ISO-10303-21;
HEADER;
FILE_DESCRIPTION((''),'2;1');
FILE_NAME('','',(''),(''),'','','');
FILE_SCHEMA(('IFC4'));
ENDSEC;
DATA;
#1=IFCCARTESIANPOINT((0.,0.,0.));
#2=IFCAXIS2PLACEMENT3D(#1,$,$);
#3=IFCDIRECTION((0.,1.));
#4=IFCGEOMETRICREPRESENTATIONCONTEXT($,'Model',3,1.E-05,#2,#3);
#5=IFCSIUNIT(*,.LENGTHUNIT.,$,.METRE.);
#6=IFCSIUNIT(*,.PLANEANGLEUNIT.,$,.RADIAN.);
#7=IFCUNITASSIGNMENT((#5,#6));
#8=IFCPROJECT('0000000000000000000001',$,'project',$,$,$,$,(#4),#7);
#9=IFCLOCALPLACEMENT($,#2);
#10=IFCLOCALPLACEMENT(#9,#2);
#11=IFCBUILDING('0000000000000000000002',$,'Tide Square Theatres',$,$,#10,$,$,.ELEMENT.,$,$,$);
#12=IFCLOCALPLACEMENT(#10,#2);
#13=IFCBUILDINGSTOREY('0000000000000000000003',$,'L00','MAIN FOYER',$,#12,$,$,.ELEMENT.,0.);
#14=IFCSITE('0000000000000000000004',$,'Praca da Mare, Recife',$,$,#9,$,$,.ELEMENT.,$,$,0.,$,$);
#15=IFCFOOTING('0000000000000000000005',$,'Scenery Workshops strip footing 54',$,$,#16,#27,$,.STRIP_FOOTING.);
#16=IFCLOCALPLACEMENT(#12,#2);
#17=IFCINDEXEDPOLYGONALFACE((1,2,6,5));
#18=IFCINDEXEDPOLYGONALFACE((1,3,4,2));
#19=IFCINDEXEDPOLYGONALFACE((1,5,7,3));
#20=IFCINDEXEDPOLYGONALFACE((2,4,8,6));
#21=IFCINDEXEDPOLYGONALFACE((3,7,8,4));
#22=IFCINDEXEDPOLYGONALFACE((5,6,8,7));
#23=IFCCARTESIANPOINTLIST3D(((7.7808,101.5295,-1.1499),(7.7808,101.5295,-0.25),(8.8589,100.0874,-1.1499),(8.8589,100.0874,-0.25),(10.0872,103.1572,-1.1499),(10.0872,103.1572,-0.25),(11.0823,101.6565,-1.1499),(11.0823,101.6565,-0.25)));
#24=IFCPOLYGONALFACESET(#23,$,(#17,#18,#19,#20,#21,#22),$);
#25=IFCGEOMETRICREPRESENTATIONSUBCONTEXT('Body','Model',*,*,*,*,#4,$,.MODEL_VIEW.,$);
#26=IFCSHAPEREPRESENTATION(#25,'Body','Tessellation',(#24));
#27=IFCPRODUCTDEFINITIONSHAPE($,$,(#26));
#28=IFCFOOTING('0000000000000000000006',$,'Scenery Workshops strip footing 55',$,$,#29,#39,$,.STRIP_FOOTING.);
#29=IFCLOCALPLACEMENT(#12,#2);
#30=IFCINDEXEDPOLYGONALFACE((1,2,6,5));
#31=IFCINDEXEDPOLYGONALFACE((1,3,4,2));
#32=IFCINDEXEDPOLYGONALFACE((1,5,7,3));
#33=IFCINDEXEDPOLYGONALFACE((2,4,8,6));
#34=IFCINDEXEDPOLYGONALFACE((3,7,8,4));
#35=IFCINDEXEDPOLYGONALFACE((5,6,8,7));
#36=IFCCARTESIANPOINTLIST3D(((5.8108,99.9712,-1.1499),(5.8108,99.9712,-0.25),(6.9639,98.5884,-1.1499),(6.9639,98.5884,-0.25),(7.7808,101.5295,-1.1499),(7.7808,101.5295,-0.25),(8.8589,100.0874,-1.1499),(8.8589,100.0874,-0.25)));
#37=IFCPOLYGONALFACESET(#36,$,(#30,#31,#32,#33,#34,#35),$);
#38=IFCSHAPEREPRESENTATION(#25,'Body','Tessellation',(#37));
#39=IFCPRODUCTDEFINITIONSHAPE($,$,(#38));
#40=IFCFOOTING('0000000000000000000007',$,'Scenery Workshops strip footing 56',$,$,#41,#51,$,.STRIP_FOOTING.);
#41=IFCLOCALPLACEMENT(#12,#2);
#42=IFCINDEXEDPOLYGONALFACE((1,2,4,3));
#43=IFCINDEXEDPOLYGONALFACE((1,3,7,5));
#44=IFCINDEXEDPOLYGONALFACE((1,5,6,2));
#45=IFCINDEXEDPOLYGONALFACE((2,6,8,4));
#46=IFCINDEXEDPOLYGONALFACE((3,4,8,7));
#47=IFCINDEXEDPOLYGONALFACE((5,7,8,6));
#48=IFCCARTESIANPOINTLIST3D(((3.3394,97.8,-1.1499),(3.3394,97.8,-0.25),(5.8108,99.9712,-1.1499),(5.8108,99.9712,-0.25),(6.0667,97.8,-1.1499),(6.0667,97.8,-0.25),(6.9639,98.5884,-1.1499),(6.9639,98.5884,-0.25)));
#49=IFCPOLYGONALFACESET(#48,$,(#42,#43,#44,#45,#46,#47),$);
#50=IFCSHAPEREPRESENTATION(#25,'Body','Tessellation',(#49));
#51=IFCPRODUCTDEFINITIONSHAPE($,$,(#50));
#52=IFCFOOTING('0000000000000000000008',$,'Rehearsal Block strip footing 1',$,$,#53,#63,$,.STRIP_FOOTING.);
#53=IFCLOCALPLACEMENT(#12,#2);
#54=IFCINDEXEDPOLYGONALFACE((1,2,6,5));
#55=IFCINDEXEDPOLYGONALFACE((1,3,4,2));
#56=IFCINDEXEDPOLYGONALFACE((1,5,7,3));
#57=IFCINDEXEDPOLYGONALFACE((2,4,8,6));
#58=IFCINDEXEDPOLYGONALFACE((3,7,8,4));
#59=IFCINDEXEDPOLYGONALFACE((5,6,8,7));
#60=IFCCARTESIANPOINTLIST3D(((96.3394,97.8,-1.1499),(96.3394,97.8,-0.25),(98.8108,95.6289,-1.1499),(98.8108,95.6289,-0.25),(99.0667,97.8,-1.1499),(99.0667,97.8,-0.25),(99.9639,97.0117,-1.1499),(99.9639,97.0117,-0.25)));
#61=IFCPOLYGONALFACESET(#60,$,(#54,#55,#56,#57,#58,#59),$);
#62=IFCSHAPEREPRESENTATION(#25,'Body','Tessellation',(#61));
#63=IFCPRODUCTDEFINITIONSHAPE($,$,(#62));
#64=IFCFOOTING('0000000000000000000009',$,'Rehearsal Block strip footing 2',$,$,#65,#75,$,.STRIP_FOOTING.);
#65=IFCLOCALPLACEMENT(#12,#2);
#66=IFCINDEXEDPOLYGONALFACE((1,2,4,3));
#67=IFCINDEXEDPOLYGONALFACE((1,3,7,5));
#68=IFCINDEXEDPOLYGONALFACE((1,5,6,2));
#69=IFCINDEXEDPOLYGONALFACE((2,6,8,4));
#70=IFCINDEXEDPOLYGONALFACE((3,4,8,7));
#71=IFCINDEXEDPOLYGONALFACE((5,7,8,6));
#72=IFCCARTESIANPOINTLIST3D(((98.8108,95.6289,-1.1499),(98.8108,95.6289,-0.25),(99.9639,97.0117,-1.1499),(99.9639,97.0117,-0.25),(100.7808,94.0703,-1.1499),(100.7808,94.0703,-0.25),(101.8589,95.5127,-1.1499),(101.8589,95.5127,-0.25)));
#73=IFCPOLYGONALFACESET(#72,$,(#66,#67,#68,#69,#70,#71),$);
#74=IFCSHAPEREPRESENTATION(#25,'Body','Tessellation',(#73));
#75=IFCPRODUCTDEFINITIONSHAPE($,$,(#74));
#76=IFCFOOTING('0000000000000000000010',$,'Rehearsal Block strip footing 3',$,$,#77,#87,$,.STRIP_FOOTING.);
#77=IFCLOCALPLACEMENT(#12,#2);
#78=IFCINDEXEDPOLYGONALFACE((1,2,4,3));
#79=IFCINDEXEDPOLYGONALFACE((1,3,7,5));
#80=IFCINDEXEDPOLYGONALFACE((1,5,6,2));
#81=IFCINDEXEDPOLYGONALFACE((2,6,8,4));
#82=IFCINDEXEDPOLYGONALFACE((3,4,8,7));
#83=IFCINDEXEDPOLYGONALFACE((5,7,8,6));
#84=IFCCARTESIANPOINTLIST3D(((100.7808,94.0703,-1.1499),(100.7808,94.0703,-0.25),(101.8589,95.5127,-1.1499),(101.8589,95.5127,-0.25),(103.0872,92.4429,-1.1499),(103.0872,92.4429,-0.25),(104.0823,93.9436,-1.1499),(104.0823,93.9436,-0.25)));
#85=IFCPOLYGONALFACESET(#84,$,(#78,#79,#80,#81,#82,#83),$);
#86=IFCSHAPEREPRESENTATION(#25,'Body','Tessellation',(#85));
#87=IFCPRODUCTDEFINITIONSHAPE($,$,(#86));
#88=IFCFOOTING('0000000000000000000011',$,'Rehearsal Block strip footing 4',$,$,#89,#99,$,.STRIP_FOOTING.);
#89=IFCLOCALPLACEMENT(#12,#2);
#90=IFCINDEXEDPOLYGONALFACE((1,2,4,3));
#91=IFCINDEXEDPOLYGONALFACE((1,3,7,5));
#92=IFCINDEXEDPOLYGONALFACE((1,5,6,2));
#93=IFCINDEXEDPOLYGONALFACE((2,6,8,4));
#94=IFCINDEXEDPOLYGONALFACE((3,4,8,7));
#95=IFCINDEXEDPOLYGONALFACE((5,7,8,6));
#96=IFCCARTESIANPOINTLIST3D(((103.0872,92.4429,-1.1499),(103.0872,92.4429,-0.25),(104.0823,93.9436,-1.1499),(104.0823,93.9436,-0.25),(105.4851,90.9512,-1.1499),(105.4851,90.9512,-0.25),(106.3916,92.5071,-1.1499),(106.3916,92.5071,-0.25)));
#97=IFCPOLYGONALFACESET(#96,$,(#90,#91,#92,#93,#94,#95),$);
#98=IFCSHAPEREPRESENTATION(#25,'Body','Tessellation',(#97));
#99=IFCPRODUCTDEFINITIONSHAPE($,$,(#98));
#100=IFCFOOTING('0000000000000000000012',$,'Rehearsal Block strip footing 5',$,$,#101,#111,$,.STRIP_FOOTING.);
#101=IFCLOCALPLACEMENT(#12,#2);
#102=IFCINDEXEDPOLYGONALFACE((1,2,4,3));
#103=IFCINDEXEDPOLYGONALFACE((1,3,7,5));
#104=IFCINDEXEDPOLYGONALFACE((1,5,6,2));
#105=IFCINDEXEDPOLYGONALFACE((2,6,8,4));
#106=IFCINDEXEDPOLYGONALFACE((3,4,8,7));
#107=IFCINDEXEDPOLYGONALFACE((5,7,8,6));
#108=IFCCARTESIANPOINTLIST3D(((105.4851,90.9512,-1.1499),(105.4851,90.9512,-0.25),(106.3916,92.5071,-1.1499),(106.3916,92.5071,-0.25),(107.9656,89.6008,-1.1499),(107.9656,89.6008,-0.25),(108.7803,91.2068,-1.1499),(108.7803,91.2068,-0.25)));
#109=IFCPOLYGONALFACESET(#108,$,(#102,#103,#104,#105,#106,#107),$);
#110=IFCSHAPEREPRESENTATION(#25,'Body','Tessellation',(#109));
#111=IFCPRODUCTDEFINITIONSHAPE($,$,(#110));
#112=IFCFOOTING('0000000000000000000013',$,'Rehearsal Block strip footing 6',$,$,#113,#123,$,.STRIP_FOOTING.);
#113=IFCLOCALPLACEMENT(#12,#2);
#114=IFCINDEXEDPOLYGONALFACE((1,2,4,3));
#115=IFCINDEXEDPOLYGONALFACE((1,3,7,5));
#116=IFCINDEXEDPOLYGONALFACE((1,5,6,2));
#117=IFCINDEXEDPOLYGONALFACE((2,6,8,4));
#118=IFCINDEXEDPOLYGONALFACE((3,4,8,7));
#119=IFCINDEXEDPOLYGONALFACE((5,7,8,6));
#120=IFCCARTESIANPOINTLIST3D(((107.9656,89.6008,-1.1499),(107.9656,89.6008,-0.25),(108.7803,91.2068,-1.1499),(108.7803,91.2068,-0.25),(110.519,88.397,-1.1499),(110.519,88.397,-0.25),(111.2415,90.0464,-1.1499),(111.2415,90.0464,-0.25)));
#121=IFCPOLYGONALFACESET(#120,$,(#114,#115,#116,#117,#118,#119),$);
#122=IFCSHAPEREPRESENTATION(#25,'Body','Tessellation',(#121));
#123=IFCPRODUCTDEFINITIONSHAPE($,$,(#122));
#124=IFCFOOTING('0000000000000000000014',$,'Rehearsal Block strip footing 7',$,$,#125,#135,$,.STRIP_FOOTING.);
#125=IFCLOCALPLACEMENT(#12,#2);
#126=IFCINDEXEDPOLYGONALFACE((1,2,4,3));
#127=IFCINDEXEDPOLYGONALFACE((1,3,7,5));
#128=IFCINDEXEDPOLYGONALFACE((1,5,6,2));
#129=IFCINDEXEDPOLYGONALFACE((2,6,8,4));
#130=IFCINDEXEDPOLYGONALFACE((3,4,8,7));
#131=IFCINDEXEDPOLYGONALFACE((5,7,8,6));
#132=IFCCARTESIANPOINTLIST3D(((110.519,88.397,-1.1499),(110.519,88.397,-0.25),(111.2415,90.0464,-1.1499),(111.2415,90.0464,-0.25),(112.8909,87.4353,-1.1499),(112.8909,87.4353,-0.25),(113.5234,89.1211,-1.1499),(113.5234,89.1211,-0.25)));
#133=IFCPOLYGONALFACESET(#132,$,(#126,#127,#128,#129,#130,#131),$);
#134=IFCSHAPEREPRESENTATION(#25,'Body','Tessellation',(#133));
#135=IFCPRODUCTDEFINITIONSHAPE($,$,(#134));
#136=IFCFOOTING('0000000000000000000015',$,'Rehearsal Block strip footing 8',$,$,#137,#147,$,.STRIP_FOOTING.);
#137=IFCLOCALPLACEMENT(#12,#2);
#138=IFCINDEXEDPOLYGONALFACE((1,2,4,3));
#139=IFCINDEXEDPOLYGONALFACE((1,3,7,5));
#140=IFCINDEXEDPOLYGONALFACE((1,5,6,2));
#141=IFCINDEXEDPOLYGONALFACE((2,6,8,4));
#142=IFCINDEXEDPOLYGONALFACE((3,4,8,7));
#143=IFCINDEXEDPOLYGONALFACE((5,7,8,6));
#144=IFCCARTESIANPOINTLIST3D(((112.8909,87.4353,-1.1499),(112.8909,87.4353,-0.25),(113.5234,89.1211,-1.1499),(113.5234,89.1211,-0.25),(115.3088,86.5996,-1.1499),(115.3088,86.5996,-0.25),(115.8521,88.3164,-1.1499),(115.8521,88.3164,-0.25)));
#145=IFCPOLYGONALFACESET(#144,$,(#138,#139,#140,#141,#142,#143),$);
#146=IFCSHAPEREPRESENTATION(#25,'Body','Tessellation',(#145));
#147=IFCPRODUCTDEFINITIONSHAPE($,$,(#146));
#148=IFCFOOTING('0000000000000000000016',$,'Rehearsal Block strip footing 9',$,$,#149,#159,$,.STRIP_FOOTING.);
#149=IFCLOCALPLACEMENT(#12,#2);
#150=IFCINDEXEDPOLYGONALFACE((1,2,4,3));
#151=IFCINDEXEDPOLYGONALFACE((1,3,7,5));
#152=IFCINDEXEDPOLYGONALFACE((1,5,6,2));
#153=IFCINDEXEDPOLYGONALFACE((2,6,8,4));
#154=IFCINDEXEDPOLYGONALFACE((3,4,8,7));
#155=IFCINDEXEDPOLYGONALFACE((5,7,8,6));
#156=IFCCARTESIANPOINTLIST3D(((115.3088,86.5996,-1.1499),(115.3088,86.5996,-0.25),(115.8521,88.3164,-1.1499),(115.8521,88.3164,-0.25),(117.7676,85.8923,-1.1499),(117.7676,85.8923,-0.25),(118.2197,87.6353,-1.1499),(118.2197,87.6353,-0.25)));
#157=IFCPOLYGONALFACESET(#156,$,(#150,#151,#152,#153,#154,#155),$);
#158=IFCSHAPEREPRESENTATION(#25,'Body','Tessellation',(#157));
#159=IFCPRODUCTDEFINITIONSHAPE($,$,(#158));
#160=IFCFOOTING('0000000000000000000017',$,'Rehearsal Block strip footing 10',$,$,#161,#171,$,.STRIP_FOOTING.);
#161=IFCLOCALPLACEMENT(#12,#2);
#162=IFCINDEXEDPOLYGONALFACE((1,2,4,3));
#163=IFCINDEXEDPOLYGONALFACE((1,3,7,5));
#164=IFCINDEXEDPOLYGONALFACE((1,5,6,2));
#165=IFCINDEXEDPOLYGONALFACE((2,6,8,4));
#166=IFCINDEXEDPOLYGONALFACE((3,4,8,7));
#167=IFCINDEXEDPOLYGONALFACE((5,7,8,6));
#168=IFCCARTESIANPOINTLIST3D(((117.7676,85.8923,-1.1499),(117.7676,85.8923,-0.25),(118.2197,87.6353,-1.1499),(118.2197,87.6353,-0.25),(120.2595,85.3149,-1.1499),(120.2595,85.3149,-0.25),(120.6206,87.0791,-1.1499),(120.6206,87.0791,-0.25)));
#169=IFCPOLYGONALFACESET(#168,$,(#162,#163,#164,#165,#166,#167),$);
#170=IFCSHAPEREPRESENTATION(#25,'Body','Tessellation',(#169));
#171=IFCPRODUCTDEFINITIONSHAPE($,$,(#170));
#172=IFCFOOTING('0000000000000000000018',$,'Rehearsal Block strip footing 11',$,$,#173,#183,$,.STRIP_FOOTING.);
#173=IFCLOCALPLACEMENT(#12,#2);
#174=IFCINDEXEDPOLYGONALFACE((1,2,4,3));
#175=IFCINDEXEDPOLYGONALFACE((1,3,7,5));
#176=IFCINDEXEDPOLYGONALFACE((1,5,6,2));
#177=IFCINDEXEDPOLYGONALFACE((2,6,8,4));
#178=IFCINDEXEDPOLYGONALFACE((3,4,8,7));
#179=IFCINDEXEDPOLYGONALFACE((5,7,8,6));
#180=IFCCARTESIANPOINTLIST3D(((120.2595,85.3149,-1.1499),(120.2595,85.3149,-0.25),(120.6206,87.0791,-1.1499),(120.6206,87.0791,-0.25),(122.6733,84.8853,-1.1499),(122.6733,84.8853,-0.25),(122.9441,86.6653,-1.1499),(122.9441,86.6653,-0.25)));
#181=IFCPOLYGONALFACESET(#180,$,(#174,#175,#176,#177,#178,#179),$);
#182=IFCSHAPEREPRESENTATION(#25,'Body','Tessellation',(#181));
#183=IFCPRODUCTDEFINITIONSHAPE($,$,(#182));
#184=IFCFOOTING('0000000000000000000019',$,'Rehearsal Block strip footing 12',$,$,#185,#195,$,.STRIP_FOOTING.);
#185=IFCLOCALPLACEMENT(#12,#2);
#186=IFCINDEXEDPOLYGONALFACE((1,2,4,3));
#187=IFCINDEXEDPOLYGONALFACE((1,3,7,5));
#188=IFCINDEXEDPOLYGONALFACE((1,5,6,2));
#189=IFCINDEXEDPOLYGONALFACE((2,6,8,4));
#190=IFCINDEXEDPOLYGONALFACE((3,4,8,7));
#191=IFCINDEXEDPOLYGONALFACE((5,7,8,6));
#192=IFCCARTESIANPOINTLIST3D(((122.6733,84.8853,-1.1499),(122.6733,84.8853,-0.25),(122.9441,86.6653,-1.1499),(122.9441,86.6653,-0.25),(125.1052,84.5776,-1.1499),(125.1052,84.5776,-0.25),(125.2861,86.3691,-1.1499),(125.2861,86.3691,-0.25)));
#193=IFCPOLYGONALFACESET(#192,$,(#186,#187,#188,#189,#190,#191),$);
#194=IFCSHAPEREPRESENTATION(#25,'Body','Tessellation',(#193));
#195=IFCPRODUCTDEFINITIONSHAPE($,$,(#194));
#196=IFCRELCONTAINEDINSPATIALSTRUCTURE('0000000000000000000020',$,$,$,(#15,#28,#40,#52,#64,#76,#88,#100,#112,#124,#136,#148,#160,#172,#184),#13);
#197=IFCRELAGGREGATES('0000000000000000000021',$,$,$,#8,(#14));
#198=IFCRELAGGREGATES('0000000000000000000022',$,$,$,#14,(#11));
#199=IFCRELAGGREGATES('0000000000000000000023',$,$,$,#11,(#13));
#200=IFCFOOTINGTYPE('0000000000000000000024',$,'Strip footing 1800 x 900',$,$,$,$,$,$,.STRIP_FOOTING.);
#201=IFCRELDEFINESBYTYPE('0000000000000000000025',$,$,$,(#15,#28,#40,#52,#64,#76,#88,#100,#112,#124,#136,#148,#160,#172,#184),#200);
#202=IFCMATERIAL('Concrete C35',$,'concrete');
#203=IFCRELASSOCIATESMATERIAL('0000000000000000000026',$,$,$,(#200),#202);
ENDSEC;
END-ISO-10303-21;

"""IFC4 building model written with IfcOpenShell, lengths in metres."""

from ifc_helpers import new_model, si_unit, direction, frame, origin, place, context, subcontext, project, spatial, polyline, outline, extrude, material, type_object, element, save


model = new_model("IFC4")

# Units and contexts
model_context = context("Model", 3, precision=1e-05, world=origin(), true_north=direction((0.0, 1.0)))
body_context = subcontext(model_context, "Body", "Model", "MODEL_VIEW")
ifc_project = project(units=[si_unit("LENGTHUNIT", "METRE"), si_unit("PLANEANGLEUNIT", "RADIAN")], contexts=[model_context])

# Site, building, storey
site_placement = place(None, origin())
site = spatial("IfcSite", under=ifc_project, at=site_placement, Name="Praca da Mare, Recife", CompositionType="ELEMENT", RefElevation=0.0)
building_placement = place(site_placement, origin())
building = spatial("IfcBuilding", under=site, at=building_placement, Name="Tide Square Theatres", CompositionType="ELEMENT")
storey_placement = place(building_placement, origin())
storey = spatial("IfcBuildingStorey", under=building, at=storey_placement, Name="L00", Description="MAIN FOYER", CompositionType="ELEMENT", Elevation=0.0)

# Footings
ifc_material = material(Name="Concrete C35", Category="concrete")
footing_type = type_object("IfcFootingType", Name="Strip footing 1800 x 900", PredefinedType="STRIP_FOOTING", material=ifc_material)
footing_1_placement = place(storey_placement, frame((0.0, 0.0, -1.1499)))
element("IfcFooting", 1, at=footing_1_placement, inside=storey, type_object=footing_type, Name="Scenery Workshops strip footing 54", PredefinedType="STRIP_FOOTING", context=body_context, shape_type="SweptSolid", body=[
    extrude(outline(polyline([(10.0872, 103.1572), (7.7808, 101.5295), (8.8589, 100.0874), (11.0823, 101.6565), (10.0872, 103.1572)])), origin(), (0.0, 0.0, 1.0), 0.8999),
])
footing_2_placement = place(storey_placement, frame((0.0, 0.0, -1.1499)))
element("IfcFooting", 2, at=footing_2_placement, inside=storey, type_object=footing_type, Name="Scenery Workshops strip footing 55", PredefinedType="STRIP_FOOTING", context=body_context, shape_type="SweptSolid", body=[
    extrude(outline(polyline([(7.7808, 101.5295), (5.8108, 99.9712), (6.9639, 98.5884), (8.8589, 100.0874), (7.7808, 101.5295)])), origin(), (0.0, 0.0, 1.0), 0.8999),
])
footing_3_placement = place(storey_placement, frame((0.0, 0.0, -1.1499)))
element("IfcFooting", 3, at=footing_3_placement, inside=storey, type_object=footing_type, Name="Scenery Workshops strip footing 56", PredefinedType="STRIP_FOOTING", context=body_context, shape_type="SweptSolid", body=[
    extrude(outline(polyline([(5.8108, 99.9712), (3.3394, 97.8), (6.0667, 97.8), (6.9639, 98.5884), (5.8108, 99.9712)])), origin(), (0.0, 0.0, 1.0), 0.8999),
])
footing_4_placement = place(storey_placement, frame((0.0, 0.0, -1.1499)))
element("IfcFooting", 4, at=footing_4_placement, inside=storey, type_object=footing_type, Name="Rehearsal Block strip footing 1", PredefinedType="STRIP_FOOTING", context=body_context, shape_type="SweptSolid", body=[
    extrude(outline(polyline([(96.3394, 97.8), (98.8108, 95.6289), (99.9639, 97.0117), (99.0667, 97.8), (96.3394, 97.8)])), origin(), (0.0, 0.0, 1.0), 0.8999),
])
footing_5_placement = place(storey_placement, frame((0.0, 0.0, -1.1499)))
element("IfcFooting", 5, at=footing_5_placement, inside=storey, type_object=footing_type, Name="Rehearsal Block strip footing 2", PredefinedType="STRIP_FOOTING", context=body_context, shape_type="SweptSolid", body=[
    extrude(outline(polyline([(98.8108, 95.6289), (100.7808, 94.0703), (101.8589, 95.5127), (99.9639, 97.0117), (98.8108, 95.6289)])), origin(), (0.0, 0.0, 1.0), 0.8999),
])
footing_6_placement = place(storey_placement, frame((0.0, 0.0, -1.1499)))
element("IfcFooting", 6, at=footing_6_placement, inside=storey, type_object=footing_type, Name="Rehearsal Block strip footing 3", PredefinedType="STRIP_FOOTING", context=body_context, shape_type="SweptSolid", body=[
    extrude(outline(polyline([(100.7808, 94.0703), (103.0872, 92.4429), (104.0823, 93.9436), (101.8589, 95.5127), (100.7808, 94.0703)])), origin(), (0.0, 0.0, 1.0), 0.8999),
])
footing_7_placement = place(storey_placement, frame((0.0, 0.0, -1.1499)))
element("IfcFooting", 7, at=footing_7_placement, inside=storey, type_object=footing_type, Name="Rehearsal Block strip footing 4", PredefinedType="STRIP_FOOTING", context=body_context, shape_type="SweptSolid", body=[
    extrude(outline(polyline([(103.0872, 92.4429), (105.4851, 90.9512), (106.3916, 92.5071), (104.0823, 93.9436), (103.0872, 92.4429)])), origin(), (0.0, 0.0, 1.0), 0.8999),
])
footing_8_placement = place(storey_placement, frame((0.0, 0.0, -1.1499)))
element("IfcFooting", 8, at=footing_8_placement, inside=storey, type_object=footing_type, Name="Rehearsal Block strip footing 5", PredefinedType="STRIP_FOOTING", context=body_context, shape_type="SweptSolid", body=[
    extrude(outline(polyline([(105.4851, 90.9512), (107.9656, 89.6008), (108.7803, 91.2068), (106.3916, 92.5071), (105.4851, 90.9512)])), origin(), (0.0, 0.0, 1.0), 0.8999),
])
footing_9_placement = place(storey_placement, frame((0.0, 0.0, -1.1499)))
element("IfcFooting", 9, at=footing_9_placement, inside=storey, type_object=footing_type, Name="Rehearsal Block strip footing 6", PredefinedType="STRIP_FOOTING", context=body_context, shape_type="SweptSolid", body=[
    extrude(outline(polyline([(107.9656, 89.6008), (110.519, 88.397), (111.2415, 90.0464), (108.7803, 91.2068), (107.9656, 89.6008)])), origin(), (0.0, 0.0, 1.0), 0.8999),
])
footing_10_placement = place(storey_placement, frame((0.0, 0.0, -1.1499)))
element("IfcFooting", 10, at=footing_10_placement, inside=storey, type_object=footing_type, Name="Rehearsal Block strip footing 7", PredefinedType="STRIP_FOOTING", context=body_context, shape_type="SweptSolid", body=[
    extrude(outline(polyline([(110.519, 88.397), (112.8909, 87.4353), (113.5234, 89.1211), (111.2415, 90.0464), (110.519, 88.397)])), origin(), (0.0, 0.0, 1.0), 0.8999),
])
footing_11_placement = place(storey_placement, frame((0.0, 0.0, -1.1499)))
element("IfcFooting", 11, at=footing_11_placement, inside=storey, type_object=footing_type, Name="Rehearsal Block strip footing 8", PredefinedType="STRIP_FOOTING", context=body_context, shape_type="SweptSolid", body=[
    extrude(outline(polyline([(112.8909, 87.4353), (115.3088, 86.5996), (115.8521, 88.3164), (113.5234, 89.1211), (112.8909, 87.4353)])), origin(), (0.0, 0.0, 1.0), 0.8999),
])
footing_12_placement = place(storey_placement, frame((0.0, 0.0, -1.1499)))
element("IfcFooting", 12, at=footing_12_placement, inside=storey, type_object=footing_type, Name="Rehearsal Block strip footing 9", PredefinedType="STRIP_FOOTING", context=body_context, shape_type="SweptSolid", body=[
    extrude(outline(polyline([(115.3088, 86.5996), (117.7676, 85.8923), (118.2197, 87.6353), (115.8521, 88.3164), (115.3088, 86.5996)])), origin(), (0.0, 0.0, 1.0), 0.8999),
])
footing_13_placement = place(storey_placement, frame((0.0, 0.0, -1.1499)))
element("IfcFooting", 13, at=footing_13_placement, inside=storey, type_object=footing_type, Name="Rehearsal Block strip footing 10", PredefinedType="STRIP_FOOTING", context=body_context, shape_type="SweptSolid", body=[
    extrude(outline(polyline([(117.7676, 85.8923), (120.2595, 85.3149), (120.6206, 87.0791), (118.2197, 87.6353), (117.7676, 85.8923)])), origin(), (0.0, 0.0, 1.0), 0.8999),
])
footing_14_placement = place(storey_placement, frame((0.0, 0.0, -1.1499)))
element("IfcFooting", 14, at=footing_14_placement, inside=storey, type_object=footing_type, Name="Rehearsal Block strip footing 11", PredefinedType="STRIP_FOOTING", context=body_context, shape_type="SweptSolid", body=[
    extrude(outline(polyline([(120.2595, 85.3149), (122.6733, 84.8853), (122.9441, 86.6653), (120.6206, 87.0791), (120.2595, 85.3149)])), origin(), (0.0, 0.0, 1.0), 0.8999),
])
footing_15_placement = place(storey_placement, frame((0.0, 0.0, -1.1499)))
element("IfcFooting", 15, at=footing_15_placement, inside=storey, type_object=footing_type, Name="Rehearsal Block strip footing 12", PredefinedType="STRIP_FOOTING", context=body_context, shape_type="SweptSolid", body=[
    extrude(outline(polyline([(122.6733, 84.8853), (125.1052, 84.5776), (125.2861, 86.3691), (122.9441, 86.6653), (122.6733, 84.8853)])), origin(), (0.0, 0.0, 1.0), 0.8999),
])

save(model, "model.ifc")
